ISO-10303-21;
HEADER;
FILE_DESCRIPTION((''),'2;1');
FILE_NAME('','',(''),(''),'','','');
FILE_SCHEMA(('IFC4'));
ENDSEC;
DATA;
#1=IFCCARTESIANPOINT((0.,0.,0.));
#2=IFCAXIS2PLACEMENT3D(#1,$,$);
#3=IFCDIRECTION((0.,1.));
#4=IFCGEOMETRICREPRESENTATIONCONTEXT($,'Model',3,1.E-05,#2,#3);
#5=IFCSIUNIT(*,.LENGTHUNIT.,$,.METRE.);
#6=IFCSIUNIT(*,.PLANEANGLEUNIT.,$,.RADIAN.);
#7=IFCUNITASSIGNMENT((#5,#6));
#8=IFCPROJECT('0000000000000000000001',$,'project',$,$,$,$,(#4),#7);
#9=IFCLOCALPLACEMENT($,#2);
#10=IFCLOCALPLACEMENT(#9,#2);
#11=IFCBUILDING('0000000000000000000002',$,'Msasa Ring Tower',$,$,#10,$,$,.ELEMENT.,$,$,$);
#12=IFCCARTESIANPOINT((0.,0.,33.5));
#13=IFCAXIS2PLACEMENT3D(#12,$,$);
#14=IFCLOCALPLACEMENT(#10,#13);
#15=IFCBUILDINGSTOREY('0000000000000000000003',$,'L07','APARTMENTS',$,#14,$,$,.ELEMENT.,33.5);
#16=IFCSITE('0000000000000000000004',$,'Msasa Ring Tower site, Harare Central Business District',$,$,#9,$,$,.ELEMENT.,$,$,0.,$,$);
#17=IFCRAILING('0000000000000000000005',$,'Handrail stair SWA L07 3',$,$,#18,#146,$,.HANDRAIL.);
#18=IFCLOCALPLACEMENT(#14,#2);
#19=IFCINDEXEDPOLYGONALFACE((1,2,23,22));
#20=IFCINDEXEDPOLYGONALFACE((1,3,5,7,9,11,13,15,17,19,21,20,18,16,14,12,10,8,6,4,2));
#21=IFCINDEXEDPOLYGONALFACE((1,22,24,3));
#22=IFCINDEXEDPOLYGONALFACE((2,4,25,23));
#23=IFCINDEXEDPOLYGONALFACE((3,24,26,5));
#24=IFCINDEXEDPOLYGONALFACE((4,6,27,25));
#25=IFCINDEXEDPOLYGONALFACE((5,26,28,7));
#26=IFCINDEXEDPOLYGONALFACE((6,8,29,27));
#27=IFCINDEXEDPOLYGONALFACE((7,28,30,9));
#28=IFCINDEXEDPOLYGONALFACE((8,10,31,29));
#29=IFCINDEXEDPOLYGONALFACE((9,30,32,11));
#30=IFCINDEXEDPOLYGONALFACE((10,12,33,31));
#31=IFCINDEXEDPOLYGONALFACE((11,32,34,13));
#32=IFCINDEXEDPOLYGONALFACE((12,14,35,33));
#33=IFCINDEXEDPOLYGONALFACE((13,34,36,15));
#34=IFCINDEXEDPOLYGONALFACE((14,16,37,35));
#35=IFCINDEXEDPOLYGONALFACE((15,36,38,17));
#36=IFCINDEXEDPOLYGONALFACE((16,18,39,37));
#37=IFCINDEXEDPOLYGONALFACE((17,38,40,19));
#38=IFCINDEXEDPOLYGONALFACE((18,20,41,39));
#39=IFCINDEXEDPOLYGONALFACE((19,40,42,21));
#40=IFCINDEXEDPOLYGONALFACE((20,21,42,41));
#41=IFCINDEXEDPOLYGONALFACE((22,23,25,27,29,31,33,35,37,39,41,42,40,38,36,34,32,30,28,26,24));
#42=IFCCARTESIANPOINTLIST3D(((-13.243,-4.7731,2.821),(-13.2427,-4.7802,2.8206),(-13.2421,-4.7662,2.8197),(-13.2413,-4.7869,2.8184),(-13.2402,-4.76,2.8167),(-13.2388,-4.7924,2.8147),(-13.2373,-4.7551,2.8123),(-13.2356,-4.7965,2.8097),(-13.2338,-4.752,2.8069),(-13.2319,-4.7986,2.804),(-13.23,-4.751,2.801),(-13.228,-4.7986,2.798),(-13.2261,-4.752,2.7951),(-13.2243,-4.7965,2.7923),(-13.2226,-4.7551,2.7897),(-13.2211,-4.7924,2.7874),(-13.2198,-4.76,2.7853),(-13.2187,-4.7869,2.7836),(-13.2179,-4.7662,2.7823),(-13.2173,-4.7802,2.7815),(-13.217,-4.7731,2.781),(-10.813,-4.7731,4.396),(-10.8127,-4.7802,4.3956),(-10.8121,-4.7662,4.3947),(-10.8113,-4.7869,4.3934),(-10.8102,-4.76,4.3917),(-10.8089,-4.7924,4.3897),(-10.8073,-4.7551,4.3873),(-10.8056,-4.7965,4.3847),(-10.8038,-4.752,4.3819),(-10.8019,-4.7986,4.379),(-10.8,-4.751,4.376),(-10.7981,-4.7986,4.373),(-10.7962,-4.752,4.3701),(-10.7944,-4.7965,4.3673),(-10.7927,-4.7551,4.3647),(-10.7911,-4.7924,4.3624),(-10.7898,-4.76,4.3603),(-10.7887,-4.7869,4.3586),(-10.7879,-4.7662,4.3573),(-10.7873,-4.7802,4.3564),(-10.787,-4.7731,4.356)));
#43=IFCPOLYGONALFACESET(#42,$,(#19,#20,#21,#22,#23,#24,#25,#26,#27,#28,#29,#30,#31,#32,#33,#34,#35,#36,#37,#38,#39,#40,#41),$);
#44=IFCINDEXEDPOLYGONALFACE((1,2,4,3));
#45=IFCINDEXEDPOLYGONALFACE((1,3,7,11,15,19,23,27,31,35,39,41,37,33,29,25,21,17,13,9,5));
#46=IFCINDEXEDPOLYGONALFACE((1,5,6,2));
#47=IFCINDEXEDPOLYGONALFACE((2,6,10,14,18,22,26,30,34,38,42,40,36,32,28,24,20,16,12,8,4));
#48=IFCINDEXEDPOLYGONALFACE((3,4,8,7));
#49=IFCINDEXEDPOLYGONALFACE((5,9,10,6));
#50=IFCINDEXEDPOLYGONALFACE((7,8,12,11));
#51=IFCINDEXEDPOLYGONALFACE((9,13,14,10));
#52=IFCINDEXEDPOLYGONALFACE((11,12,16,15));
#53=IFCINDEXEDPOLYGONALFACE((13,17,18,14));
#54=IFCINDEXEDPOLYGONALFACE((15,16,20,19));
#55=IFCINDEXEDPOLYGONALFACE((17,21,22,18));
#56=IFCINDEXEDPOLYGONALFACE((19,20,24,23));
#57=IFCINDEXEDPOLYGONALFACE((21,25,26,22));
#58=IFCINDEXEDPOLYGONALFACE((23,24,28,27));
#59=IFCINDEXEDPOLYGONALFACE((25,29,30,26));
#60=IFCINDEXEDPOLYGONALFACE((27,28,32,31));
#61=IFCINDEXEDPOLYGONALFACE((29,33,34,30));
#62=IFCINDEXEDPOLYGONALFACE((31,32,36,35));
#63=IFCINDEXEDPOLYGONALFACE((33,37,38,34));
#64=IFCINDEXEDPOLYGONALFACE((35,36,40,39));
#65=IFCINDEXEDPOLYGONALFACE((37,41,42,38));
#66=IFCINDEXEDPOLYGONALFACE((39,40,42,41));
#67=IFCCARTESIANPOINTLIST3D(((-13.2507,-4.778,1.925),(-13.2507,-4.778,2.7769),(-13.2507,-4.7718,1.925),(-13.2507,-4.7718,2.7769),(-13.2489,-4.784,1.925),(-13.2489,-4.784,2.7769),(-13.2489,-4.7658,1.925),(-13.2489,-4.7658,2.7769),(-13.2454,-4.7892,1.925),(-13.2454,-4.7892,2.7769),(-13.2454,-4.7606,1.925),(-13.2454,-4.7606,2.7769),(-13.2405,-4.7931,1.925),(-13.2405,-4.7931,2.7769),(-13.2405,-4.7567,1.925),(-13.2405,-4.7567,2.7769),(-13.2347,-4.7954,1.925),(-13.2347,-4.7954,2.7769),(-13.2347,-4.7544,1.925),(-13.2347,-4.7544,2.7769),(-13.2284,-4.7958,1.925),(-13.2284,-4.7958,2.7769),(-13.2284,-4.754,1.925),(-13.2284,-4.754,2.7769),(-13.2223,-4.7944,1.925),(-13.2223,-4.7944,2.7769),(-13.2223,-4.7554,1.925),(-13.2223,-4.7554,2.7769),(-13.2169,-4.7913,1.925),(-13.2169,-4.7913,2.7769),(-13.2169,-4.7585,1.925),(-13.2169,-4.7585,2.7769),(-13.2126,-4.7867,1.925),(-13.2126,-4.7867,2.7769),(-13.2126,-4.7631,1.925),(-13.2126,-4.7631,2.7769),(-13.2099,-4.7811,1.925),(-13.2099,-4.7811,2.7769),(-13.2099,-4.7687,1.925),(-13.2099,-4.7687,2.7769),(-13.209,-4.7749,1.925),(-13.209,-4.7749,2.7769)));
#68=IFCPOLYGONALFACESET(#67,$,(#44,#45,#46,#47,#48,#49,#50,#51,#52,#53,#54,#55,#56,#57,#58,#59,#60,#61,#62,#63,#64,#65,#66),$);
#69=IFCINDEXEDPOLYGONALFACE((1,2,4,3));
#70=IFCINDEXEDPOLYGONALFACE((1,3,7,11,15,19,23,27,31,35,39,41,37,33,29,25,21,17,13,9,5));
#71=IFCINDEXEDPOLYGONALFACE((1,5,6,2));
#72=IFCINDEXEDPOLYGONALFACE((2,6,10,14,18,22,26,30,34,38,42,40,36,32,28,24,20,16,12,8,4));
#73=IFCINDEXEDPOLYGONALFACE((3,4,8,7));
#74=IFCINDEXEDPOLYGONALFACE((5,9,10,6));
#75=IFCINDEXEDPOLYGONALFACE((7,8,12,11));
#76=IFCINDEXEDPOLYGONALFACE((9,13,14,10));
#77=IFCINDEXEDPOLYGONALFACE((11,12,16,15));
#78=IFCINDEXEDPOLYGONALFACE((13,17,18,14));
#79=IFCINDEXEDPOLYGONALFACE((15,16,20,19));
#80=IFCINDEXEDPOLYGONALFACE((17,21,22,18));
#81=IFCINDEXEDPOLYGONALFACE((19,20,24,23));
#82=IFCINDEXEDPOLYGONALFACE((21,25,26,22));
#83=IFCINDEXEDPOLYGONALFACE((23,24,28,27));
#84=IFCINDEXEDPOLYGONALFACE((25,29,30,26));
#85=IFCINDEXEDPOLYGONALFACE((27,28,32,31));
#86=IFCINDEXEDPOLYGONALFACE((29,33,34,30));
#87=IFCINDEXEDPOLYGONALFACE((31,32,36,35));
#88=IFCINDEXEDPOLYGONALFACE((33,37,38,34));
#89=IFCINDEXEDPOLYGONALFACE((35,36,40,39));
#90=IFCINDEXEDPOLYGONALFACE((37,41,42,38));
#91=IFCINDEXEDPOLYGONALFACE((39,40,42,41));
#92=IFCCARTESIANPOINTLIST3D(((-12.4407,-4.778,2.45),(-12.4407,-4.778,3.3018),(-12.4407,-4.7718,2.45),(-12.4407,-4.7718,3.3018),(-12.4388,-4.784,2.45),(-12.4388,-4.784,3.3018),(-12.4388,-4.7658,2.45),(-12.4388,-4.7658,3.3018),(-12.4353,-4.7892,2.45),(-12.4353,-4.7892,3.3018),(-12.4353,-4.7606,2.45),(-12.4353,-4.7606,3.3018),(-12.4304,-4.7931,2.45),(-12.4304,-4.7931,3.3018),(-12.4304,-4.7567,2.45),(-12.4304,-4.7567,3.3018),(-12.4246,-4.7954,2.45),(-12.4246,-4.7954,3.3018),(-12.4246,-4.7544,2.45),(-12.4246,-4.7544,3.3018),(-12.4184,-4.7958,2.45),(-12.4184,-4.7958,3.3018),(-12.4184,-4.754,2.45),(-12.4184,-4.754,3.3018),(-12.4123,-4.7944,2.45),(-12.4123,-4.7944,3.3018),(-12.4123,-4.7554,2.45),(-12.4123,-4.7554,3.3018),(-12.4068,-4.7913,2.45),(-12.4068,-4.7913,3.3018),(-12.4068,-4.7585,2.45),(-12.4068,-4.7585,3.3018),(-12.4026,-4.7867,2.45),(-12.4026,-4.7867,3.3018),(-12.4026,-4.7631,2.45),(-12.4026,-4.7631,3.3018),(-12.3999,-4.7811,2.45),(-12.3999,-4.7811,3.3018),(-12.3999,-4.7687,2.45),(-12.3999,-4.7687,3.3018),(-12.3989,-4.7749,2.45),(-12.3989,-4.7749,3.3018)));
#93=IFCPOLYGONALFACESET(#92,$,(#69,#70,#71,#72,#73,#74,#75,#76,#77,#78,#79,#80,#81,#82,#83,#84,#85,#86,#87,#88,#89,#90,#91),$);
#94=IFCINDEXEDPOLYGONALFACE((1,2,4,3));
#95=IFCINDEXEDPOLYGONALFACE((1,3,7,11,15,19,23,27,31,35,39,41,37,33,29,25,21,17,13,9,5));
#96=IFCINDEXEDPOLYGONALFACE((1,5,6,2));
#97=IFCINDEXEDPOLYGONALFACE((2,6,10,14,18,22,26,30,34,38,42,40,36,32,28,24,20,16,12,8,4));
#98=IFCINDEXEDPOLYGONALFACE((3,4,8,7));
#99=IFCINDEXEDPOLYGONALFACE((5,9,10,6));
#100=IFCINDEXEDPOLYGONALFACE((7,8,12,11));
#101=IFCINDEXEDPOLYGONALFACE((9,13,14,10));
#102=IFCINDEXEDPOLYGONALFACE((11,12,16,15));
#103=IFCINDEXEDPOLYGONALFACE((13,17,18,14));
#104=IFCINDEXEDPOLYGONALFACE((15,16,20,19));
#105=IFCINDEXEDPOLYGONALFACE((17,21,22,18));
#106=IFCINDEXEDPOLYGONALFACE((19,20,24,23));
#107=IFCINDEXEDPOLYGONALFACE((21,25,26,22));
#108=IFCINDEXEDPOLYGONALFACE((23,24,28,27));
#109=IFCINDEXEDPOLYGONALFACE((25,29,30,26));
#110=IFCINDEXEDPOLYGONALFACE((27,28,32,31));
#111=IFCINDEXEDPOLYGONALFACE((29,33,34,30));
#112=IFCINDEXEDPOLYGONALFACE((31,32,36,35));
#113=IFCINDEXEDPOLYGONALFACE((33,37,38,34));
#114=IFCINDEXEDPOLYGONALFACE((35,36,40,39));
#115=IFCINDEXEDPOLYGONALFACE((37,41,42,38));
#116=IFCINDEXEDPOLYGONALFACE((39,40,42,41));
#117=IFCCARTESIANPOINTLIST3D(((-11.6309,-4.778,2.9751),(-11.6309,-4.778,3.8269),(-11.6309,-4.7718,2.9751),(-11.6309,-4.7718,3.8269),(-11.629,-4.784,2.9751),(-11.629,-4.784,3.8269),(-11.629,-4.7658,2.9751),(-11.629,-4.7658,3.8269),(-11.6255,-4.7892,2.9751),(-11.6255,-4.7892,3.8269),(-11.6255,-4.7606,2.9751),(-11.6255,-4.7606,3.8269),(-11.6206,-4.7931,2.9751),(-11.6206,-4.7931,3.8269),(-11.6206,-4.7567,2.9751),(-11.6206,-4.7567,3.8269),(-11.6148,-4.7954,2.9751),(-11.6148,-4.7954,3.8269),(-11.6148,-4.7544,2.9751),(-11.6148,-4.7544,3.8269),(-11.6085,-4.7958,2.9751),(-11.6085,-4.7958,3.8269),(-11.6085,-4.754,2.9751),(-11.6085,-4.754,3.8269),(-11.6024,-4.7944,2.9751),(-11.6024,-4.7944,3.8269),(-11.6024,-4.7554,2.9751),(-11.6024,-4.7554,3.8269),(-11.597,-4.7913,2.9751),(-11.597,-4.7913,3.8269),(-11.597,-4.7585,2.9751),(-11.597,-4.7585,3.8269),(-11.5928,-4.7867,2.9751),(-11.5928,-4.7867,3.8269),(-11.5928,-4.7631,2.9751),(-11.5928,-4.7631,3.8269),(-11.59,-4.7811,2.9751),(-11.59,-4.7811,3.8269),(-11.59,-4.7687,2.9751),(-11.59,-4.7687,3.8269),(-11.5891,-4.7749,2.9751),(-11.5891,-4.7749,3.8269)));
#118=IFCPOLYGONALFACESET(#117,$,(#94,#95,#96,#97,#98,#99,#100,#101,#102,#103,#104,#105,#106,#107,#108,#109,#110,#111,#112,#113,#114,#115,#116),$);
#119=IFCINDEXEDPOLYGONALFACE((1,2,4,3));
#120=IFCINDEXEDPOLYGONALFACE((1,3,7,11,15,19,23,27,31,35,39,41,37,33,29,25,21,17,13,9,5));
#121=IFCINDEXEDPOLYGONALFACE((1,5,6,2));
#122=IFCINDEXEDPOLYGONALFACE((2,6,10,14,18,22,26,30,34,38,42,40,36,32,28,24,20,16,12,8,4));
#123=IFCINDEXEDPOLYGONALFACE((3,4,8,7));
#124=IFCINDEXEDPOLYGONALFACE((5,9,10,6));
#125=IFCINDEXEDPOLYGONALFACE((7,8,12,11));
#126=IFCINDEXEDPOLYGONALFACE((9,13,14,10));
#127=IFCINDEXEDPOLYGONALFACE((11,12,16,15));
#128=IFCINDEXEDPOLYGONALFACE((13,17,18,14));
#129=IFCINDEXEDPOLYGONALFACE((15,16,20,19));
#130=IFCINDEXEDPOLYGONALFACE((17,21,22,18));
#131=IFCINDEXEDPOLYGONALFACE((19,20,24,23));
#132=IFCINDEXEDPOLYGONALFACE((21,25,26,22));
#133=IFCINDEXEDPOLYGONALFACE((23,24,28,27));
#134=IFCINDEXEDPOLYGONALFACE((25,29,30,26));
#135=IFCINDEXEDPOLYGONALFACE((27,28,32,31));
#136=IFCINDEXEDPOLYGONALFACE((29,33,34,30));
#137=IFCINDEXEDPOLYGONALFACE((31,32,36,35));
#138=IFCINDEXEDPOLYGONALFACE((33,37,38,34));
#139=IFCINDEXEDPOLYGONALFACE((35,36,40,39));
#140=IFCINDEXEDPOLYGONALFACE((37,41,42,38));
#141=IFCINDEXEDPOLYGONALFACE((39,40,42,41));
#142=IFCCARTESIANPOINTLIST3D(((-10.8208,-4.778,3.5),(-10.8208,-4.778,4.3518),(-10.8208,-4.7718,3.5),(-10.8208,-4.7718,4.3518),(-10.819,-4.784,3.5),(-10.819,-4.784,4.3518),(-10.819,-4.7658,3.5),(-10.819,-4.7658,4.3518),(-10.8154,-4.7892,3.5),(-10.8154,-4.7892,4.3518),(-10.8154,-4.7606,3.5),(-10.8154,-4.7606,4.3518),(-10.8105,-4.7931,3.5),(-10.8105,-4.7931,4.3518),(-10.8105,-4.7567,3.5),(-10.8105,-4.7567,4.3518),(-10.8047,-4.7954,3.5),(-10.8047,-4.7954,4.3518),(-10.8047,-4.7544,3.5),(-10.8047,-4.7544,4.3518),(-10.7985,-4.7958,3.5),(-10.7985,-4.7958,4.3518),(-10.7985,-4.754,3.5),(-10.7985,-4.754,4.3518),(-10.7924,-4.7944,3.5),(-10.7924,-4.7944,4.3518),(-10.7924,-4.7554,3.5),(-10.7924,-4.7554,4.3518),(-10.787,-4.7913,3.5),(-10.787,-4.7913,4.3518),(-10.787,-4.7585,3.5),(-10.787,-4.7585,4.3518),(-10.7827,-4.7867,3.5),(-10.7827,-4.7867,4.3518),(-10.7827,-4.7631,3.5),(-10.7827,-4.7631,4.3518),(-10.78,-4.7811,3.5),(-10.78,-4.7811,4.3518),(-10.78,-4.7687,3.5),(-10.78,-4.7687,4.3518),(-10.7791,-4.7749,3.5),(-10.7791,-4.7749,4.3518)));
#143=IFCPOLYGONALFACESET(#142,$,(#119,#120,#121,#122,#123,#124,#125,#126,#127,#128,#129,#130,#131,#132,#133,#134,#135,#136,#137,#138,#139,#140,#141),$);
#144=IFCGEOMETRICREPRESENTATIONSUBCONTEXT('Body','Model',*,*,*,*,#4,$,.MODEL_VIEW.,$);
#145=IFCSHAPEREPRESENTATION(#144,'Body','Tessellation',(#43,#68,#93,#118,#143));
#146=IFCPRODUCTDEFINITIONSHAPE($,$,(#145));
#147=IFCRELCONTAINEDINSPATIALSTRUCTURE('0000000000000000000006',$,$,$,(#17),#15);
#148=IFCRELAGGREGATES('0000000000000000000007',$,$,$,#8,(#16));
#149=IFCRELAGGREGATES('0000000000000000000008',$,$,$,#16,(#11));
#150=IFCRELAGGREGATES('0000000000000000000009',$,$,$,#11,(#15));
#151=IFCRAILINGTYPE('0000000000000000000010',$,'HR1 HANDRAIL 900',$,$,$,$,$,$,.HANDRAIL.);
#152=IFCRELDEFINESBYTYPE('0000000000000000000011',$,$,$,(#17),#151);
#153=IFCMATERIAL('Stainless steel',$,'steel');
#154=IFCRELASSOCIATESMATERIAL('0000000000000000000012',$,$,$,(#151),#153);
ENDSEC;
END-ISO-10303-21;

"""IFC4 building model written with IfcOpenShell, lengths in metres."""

from ifc_helpers import new_model, si_unit, direction, frame, origin, origin_2d, place, context, subcontext, project, spatial, circle, extrude, material, type_object, element, save


model = new_model("IFC4")

# Units and contexts
model_context = context("Model", 3, precision=1e-05, world=origin(), true_north=direction((0.0, 1.0)))
body_context = subcontext(model_context, "Body", "Model", "MODEL_VIEW")
ifc_project = project(units=[si_unit("LENGTHUNIT", "METRE"), si_unit("PLANEANGLEUNIT", "RADIAN")], contexts=[model_context])

# Site, building, storey
site_placement = place(None, origin())
site = spatial("IfcSite", under=ifc_project, at=site_placement, Name="Msasa Ring Tower site, Harare Central Business District", CompositionType="ELEMENT", RefElevation=0.0)
building_placement = place(site_placement, origin())
building = spatial("IfcBuilding", under=site, at=building_placement, Name="Msasa Ring Tower", CompositionType="ELEMENT")
storey_placement = place(building_placement, frame((0.0, 0.0, 33.5)))
storey = spatial("IfcBuildingStorey", under=building, at=storey_placement, Name="L07", Description="APARTMENTS", CompositionType="ELEMENT", Elevation=33.5)

# Railing
ifc_material_1 = material(Name="Stainless steel", Category="steel")
railing_type = type_object("IfcRailingType", Name="HR1 HANDRAIL 900", PredefinedType="HANDRAIL", material=ifc_material_1)
for number, where, name in (
    (1, (-13.23, -4.7749, 1.925), "Handrail stair SWA L07 3"),
):
    element("IfcRailing", number, at=place(storey_placement, frame(where)), inside=storey, type_object=railing_type, Name=name, PredefinedType="HANDRAIL", context=body_context, shape_type="SweptSolid", body=[
        extrude(circle(Radius=0.0239, at=origin_2d()), frame((0.0, 0.0, 0.876), z_axis=(0.839154, 0.0, 0.543894), x_axis=(0.0, 1.0, 0.0)), (0.0, 0.0, 1.0), 2.8958),
        extrude(circle(Radius=0.021, at=origin_2d()), origin(), (0.0, 0.0, 1.0), 0.8518),
        extrude(circle(Radius=0.021, at=origin_2d()), frame((0.8101, 0.0, 0.5249)), (0.0, 0.0, 1.0), 0.8518),
        extrude(circle(Radius=0.021, at=origin_2d()), frame((1.6199, 0.0, 1.05)), (0.0, 0.0, 1.0), 0.8518),
        extrude(circle(Radius=0.021, at=origin_2d()), frame((2.4299, 0.0, 1.575)), (0.0, 0.0, 1.0), 0.8518),
    ])

save(model, "model.ifc")
